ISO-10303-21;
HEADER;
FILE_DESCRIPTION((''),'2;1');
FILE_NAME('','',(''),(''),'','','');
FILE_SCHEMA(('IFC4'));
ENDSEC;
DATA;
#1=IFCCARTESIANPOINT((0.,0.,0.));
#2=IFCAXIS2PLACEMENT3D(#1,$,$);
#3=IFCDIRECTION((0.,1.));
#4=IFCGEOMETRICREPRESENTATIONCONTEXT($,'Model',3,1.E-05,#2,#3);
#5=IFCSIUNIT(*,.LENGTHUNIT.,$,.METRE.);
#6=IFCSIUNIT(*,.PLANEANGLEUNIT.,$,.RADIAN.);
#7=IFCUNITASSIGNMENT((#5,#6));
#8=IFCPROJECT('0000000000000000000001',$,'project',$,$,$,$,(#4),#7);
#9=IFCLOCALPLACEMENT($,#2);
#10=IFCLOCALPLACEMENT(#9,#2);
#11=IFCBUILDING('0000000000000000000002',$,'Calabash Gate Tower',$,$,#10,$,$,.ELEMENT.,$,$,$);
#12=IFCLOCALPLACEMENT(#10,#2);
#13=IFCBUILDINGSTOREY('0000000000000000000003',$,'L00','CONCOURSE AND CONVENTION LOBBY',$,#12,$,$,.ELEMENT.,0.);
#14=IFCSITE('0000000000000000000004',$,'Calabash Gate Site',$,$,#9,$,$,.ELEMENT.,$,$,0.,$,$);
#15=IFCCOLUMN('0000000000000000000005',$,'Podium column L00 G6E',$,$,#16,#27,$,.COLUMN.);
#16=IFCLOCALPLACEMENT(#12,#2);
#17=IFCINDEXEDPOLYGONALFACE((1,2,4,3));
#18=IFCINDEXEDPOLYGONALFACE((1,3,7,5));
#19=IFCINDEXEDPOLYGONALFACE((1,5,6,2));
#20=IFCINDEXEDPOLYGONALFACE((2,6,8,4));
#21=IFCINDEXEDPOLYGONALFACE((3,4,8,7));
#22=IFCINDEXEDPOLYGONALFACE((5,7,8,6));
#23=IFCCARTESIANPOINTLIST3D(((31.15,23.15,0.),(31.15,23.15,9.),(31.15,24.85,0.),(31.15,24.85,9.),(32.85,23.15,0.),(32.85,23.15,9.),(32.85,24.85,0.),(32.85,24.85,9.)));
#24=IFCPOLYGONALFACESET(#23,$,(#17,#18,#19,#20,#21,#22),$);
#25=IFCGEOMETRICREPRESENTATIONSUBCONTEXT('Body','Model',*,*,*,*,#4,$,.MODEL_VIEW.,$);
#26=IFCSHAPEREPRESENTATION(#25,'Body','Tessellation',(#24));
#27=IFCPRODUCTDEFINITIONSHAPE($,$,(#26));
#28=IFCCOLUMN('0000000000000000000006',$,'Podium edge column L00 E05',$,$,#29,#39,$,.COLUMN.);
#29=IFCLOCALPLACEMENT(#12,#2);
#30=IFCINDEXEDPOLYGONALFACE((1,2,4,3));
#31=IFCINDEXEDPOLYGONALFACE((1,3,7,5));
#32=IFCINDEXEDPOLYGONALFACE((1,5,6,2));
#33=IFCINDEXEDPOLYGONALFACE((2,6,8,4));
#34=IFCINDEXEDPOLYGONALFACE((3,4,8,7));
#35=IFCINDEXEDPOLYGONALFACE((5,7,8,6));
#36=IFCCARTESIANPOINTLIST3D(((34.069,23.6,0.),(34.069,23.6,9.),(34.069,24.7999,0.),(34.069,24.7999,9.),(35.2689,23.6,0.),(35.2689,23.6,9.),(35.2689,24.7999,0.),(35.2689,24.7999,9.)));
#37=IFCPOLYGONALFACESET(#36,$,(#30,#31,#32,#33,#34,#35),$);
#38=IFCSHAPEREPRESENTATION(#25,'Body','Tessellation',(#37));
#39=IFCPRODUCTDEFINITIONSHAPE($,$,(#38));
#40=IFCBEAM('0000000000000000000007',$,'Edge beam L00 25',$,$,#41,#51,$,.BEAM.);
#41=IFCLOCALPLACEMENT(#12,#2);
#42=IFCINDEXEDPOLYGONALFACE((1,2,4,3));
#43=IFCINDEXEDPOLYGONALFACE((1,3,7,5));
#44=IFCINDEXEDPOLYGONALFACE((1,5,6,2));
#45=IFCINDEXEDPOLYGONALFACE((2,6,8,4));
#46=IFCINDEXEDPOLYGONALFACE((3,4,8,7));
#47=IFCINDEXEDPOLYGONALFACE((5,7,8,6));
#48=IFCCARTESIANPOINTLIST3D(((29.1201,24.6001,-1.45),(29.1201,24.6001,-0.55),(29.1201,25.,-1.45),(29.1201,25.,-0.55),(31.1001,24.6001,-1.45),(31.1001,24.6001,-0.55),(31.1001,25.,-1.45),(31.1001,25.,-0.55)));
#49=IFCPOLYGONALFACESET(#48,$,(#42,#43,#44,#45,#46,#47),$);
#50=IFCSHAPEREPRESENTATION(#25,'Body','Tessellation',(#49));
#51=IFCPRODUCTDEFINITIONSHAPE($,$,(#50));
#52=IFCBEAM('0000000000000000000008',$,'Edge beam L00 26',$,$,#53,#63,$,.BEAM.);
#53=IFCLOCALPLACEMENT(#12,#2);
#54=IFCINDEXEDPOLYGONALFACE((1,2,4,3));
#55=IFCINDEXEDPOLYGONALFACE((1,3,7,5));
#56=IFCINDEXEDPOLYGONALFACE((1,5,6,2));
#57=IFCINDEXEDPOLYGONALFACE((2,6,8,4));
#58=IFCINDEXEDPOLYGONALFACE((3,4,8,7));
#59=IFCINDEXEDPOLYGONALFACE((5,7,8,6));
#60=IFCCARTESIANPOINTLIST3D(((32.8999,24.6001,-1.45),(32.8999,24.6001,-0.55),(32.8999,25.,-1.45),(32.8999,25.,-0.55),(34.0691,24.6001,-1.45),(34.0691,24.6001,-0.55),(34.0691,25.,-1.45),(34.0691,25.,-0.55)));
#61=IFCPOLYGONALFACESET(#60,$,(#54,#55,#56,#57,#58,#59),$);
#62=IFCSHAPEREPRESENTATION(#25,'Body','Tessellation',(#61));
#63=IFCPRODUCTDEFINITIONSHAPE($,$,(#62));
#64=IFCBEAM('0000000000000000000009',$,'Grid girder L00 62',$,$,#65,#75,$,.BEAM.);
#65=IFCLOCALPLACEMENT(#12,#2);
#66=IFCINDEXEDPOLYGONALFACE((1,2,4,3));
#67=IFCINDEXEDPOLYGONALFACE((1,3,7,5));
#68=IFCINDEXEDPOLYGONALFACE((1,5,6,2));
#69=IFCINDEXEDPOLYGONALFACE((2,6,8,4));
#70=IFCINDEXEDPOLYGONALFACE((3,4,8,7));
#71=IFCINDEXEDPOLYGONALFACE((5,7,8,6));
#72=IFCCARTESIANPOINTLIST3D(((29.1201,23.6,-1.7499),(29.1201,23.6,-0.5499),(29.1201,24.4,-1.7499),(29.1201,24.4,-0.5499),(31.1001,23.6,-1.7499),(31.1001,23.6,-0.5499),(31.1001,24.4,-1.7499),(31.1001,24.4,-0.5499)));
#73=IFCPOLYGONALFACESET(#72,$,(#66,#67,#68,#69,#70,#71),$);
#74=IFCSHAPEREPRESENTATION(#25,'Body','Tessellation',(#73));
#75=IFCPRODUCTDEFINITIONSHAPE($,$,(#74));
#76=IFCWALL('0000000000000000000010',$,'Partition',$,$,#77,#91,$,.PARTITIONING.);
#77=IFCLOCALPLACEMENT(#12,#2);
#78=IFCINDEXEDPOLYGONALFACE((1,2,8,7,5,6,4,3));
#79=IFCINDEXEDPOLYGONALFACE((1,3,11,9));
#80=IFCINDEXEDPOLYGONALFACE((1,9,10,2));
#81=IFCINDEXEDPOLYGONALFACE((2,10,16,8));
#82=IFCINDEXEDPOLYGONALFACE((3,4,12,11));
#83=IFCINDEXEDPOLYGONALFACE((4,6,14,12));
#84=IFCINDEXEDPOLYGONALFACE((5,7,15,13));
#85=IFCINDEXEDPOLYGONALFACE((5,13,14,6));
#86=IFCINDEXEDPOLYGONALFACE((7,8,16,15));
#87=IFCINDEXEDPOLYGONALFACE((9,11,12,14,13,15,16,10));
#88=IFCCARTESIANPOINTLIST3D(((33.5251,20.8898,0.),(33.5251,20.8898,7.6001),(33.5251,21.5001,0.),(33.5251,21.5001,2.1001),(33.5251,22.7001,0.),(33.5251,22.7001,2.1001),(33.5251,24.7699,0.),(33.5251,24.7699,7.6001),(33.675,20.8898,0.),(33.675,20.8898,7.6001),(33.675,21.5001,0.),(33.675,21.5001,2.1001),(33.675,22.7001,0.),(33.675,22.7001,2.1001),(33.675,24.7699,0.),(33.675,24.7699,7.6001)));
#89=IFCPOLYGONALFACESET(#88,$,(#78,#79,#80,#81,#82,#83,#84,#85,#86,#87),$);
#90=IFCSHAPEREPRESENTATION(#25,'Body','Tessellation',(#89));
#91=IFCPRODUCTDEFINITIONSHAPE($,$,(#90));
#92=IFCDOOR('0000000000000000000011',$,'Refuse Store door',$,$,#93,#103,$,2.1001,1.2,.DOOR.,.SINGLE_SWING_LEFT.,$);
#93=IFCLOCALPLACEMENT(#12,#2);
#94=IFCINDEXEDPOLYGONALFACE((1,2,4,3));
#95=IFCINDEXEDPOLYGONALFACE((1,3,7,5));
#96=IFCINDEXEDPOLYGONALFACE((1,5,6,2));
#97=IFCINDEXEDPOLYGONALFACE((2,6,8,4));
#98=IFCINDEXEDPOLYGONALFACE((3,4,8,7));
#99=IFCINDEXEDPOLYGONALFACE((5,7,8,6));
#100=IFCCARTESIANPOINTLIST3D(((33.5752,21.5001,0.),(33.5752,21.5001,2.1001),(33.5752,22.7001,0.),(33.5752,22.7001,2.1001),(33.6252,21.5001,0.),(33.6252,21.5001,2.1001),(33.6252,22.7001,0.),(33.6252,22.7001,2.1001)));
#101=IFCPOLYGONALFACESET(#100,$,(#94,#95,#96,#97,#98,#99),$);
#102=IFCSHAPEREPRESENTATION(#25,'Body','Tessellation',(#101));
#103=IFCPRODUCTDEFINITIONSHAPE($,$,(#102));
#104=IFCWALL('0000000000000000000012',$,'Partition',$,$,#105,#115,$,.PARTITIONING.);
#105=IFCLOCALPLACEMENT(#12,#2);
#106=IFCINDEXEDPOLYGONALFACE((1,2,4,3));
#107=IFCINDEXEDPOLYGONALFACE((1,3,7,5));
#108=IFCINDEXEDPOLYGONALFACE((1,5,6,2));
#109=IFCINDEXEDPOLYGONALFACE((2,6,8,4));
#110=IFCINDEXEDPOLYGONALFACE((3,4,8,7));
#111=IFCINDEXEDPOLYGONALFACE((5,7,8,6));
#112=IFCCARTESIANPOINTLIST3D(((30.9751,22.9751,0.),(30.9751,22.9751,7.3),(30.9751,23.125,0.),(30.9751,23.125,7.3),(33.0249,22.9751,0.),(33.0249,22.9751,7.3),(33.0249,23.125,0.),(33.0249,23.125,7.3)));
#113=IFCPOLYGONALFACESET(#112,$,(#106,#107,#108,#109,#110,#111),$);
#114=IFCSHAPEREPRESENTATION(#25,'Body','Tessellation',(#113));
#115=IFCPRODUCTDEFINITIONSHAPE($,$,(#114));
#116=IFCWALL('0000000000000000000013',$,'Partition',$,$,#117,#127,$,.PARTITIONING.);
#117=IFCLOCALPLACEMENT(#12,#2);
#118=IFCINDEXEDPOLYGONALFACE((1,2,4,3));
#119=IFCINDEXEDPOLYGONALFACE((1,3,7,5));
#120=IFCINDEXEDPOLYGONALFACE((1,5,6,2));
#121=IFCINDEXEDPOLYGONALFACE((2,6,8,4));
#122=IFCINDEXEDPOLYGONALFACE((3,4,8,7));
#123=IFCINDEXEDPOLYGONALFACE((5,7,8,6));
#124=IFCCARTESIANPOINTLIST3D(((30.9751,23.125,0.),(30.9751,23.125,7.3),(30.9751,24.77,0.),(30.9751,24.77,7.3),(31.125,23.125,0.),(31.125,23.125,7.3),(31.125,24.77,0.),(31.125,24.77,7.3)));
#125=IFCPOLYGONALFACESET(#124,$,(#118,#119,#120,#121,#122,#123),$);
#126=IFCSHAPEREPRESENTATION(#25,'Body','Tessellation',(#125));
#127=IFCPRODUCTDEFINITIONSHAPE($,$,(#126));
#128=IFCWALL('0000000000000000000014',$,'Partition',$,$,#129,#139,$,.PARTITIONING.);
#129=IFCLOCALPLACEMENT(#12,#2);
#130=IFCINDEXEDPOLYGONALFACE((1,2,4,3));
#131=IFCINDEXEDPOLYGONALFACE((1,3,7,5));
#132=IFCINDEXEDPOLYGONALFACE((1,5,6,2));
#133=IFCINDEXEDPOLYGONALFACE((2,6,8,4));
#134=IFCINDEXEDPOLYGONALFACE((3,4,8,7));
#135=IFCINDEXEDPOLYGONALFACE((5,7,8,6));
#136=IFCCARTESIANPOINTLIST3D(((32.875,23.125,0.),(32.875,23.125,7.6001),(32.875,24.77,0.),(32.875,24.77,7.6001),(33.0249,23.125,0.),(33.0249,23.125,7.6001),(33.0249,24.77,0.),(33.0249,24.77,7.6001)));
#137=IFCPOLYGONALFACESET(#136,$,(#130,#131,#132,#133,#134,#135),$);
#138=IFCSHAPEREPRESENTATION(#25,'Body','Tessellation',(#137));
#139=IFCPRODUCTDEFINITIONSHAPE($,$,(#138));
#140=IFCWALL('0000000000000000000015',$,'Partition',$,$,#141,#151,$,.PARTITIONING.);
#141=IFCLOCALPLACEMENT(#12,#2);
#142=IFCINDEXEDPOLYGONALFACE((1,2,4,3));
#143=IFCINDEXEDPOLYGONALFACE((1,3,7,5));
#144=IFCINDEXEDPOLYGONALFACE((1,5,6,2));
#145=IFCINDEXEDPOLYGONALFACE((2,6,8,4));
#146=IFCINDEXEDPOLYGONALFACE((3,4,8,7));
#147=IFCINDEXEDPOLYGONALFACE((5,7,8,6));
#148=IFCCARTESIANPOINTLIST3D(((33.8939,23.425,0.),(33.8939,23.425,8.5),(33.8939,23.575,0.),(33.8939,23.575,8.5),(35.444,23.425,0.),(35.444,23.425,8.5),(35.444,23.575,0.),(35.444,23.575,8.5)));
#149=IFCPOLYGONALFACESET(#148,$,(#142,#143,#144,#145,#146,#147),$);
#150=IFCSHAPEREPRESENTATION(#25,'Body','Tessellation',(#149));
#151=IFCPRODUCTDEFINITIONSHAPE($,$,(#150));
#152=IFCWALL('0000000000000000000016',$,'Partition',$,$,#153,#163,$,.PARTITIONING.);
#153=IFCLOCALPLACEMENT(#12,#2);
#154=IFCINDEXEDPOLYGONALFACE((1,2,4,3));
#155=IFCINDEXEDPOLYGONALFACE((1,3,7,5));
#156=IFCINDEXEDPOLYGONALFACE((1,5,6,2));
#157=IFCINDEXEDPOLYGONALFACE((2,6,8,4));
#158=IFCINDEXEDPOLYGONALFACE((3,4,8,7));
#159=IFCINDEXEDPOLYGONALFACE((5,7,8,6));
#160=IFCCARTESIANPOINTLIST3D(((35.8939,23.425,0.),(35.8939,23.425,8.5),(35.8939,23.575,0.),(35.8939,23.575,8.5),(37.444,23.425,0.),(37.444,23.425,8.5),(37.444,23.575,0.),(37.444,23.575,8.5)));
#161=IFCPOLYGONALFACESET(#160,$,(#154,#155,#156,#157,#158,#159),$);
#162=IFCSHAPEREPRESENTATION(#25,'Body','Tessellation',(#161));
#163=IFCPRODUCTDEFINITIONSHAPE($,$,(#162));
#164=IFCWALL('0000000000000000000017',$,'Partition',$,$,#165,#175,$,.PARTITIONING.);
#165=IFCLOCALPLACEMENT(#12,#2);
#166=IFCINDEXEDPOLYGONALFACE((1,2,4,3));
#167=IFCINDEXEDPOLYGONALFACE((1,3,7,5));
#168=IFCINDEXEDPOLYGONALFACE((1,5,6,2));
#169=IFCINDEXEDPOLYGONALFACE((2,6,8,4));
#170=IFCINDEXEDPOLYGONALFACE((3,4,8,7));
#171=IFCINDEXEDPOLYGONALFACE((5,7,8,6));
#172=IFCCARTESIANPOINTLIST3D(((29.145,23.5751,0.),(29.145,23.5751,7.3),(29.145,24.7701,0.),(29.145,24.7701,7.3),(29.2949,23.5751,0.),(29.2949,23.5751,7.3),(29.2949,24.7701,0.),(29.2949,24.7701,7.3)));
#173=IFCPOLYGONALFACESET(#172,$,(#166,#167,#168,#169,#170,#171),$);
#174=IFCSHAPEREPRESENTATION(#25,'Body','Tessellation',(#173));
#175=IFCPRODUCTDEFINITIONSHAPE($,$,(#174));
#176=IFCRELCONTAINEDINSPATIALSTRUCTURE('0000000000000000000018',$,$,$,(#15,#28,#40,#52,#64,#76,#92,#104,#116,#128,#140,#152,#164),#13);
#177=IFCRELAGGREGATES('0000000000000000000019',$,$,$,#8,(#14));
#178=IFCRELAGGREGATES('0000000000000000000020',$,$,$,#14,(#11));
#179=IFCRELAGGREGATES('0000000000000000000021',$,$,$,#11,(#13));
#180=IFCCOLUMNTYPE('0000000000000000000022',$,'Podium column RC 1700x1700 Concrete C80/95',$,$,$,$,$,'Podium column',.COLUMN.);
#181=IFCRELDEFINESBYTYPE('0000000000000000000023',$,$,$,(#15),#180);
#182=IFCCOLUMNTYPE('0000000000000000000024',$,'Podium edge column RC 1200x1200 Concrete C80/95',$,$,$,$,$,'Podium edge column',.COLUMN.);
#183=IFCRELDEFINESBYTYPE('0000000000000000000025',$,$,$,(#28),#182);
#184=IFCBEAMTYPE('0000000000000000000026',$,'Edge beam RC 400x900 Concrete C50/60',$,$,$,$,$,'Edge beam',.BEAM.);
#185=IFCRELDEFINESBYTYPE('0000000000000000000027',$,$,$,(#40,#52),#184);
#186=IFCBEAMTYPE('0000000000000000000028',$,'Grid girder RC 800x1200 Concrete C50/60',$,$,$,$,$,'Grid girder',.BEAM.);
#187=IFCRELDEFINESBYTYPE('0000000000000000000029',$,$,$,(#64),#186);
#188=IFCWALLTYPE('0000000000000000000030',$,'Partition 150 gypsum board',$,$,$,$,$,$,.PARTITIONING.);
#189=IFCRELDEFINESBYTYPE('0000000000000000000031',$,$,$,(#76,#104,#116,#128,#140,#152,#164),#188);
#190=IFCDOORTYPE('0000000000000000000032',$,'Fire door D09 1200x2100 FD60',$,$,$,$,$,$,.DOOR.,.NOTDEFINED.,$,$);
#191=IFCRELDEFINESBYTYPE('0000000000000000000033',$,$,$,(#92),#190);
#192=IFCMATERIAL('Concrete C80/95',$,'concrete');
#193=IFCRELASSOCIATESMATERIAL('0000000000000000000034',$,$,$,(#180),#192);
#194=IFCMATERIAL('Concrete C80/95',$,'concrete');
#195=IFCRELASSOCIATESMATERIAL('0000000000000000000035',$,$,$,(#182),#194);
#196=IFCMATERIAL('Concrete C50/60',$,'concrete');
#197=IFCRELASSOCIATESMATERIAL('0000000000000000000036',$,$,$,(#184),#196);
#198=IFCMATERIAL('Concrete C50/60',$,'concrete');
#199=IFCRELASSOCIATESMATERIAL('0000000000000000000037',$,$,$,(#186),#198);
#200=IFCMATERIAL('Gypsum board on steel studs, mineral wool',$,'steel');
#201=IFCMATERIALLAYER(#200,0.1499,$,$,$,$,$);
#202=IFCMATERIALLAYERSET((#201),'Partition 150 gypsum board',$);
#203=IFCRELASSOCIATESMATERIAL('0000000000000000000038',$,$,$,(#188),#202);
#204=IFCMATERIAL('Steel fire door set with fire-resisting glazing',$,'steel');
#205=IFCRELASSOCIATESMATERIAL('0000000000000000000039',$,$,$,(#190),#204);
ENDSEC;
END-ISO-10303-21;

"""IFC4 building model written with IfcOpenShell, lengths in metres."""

from ifc_helpers import new_model, si_unit, direction, frame, frame_2d, origin, origin_2d, place, context, subcontext, project, spatial, rectangle, extrude, material, layer, layer_set, material_profile, profile_set, type_object, element, fill, save


model = new_model("IFC4")

# Units and contexts
model_context = context("Model", 3, precision=1e-05, world=origin(), true_north=direction((0.0, 1.0)))
body_context = subcontext(model_context, "Body", "Model", "MODEL_VIEW")
ifc_project = project(units=[si_unit("LENGTHUNIT", "METRE"), si_unit("PLANEANGLEUNIT", "RADIAN")], contexts=[model_context])

# Site, building, storey
site_placement = place(None, origin())
site = spatial("IfcSite", under=ifc_project, at=site_placement, Name="Calabash Gate Site", CompositionType="ELEMENT", RefElevation=0.0)
building_placement = place(site_placement, origin())
building = spatial("IfcBuilding", under=site, at=building_placement, Name="Calabash Gate Tower", CompositionType="ELEMENT")
storey_placement = place(building_placement, origin())
storey = spatial("IfcBuildingStorey", under=building, at=storey_placement, Name="L00", Description="CONCOURSE AND CONVENTION LOBBY", CompositionType="ELEMENT", Elevation=0.0)

# Columns
ifc_material_1 = material(Name="Concrete C80/95", Category="concrete")
ifc_material_profile_1 = material_profile(ifc_material_1, rectangle(XDim=1.7, YDim=1.7, at=origin_2d()))
ifc_profile_set_1 = profile_set([ifc_material_profile_1], Name="Concrete C80/95")
column_type_1 = type_object("IfcColumnType", Name="Podium column RC 1700x1700 Concrete C80/95", ElementType="Podium column", PredefinedType="COLUMN", material=ifc_profile_set_1)
column_1_placement = place(storey_placement, frame((32.0, 24.0, 0.0), z_axis=(0.0, 0.0, 1.0), x_axis=(1.0, 0.0, 0.0)))
element("IfcColumn", 1, at=column_1_placement, inside=storey, type_object=column_type_1, Name="Podium column L00 G6E", PredefinedType="COLUMN", context=body_context, shape_type="SweptSolid", body=[
    extrude(rectangle(XDim=1.7, YDim=1.7, at=origin_2d()), origin(), (0.0, 0.0, 1.0), 9.0),
])
ifc_material_2 = material(Name="Concrete C80/95", Category="concrete")
ifc_material_profile_2 = material_profile(ifc_material_2, rectangle(XDim=1.2, YDim=1.2, at=origin_2d()))
ifc_profile_set_2 = profile_set([ifc_material_profile_2], Name="Concrete C80/95")
column_type_2 = type_object("IfcColumnType", Name="Podium edge column RC 1200x1200 Concrete C80/95", ElementType="Podium edge column", PredefinedType="COLUMN", material=ifc_profile_set_2)
column_2_placement = place(storey_placement, frame((34.6689, 24.2, 0.0), z_axis=(0.0, 0.0, 1.0), x_axis=(1.0, 0.0, 0.0)))
element("IfcColumn", 2, at=column_2_placement, inside=storey, type_object=column_type_2, Name="Podium edge column L00 E05", PredefinedType="COLUMN", context=body_context, shape_type="SweptSolid", body=[
    extrude(rectangle(XDim=1.2, YDim=1.2, at=origin_2d()), origin(), (0.0, 0.0, 1.0), 9.0),
])

# Beams
ifc_material_3 = material(Name="Concrete C50/60", Category="concrete")
ifc_material_profile_3 = material_profile(ifc_material_3, rectangle(XDim=0.3999, YDim=0.8999, at=origin_2d()))
ifc_profile_set_3 = profile_set([ifc_material_profile_3], Name="Concrete C50/60")
beam_type_1 = type_object("IfcBeamType", Name="Edge beam RC 400x900 Concrete C50/60", ElementType="Edge beam", PredefinedType="BEAM", material=ifc_profile_set_3)
beam_1_placement = place(storey_placement, frame((29.1201, 24.8, -1.0), z_axis=(1.0, 0.0, 0.0), x_axis=(0.0, 1.0, 0.0)))
element("IfcBeam", 3, at=beam_1_placement, inside=storey, type_object=beam_type_1, Name="Edge beam L00 25", PredefinedType="BEAM", context=body_context, shape_type="SweptSolid", body=[
    extrude(rectangle(XDim=0.3999, YDim=0.8999, at=origin_2d()), origin(), (0.0, 0.0, 1.0), 1.98),
])
beam_2_placement = place(storey_placement, frame((32.8999, 24.8, -1.0), z_axis=(1.0, 0.0, 0.0), x_axis=(0.0, 1.0, 0.0)))
element("IfcBeam", 4, at=beam_2_placement, inside=storey, type_object=beam_type_1, Name="Edge beam L00 26", PredefinedType="BEAM", context=body_context, shape_type="SweptSolid", body=[
    extrude(rectangle(XDim=0.3999, YDim=0.8999, at=origin_2d()), origin(), (0.0, 0.0, 1.0), 1.1692),
])
ifc_material_4 = material(Name="Concrete C50/60", Category="concrete")
ifc_material_profile_4 = material_profile(ifc_material_4, rectangle(XDim=0.8, YDim=1.2, at=origin_2d()))
ifc_profile_set_4 = profile_set([ifc_material_profile_4], Name="Concrete C50/60")
beam_type_2 = type_object("IfcBeamType", Name="Grid girder RC 800x1200 Concrete C50/60", ElementType="Grid girder", PredefinedType="BEAM", material=ifc_profile_set_4)
beam_3_placement = place(storey_placement, frame((29.1201, 24.0, -1.1499), z_axis=(1.0, 0.0, 0.0), x_axis=(0.0, 1.0, 0.0)))
element("IfcBeam", 5, at=beam_3_placement, inside=storey, type_object=beam_type_2, Name="Grid girder L00 62", PredefinedType="BEAM", context=body_context, shape_type="SweptSolid", body=[
    extrude(rectangle(XDim=0.8, YDim=1.2, at=origin_2d()), origin(), (0.0, 0.0, 1.0), 1.98),
])

# Wall, opening, door
ifc_material_5 = material(Name="Gypsum board on steel studs, mineral wool", Category="steel")
ifc_layer_1 = layer(ifc_material_5, 0.1499)
ifc_layer_set_1 = layer_set([ifc_layer_1], Name="Partition 150 gypsum board")
wall_type_1 = type_object("IfcWallType", Name="Partition 150 gypsum board", PredefinedType="PARTITIONING", material=ifc_layer_set_1)
wall_1_placement = place(storey_placement, frame((33.6001, 20.8899, 0.0), z_axis=(0.0, 0.0, 1.0), x_axis=(0.0, 1.0, 0.0)))
wall_1 = element("IfcWall", 6, at=wall_1_placement, inside=storey, type_object=wall_type_1, Name="Partition", PredefinedType="PARTITIONING", context=body_context, shape_type="SweptSolid", body=[
    extrude(rectangle(XDim=3.8801, YDim=0.1499, at=frame_2d((1.9399, 0.0))), origin(), (0.0, 0.0, 1.0), 7.6001),
])
opening_placement = place(wall_1_placement, frame((0.6101, 0.0, 0.0)))
opening = element("IfcOpeningElement", 7, at=opening_placement, cuts=wall_1, PredefinedType="OPENING", context=body_context, shape_type="SweptSolid", body=[
    extrude(rectangle(XDim=1.2, YDim=2.1001, at=frame_2d((0.6001, 1.05))), frame((0.0, 0.085, 0.0), z_axis=(0.0, -1.0, 0.0), x_axis=(1.0, 0.0, 0.0)), (0.0, 0.0, 1.0), 0.1699),
])
ifc_material_6 = material(Name="Steel fire door set with fire-resisting glazing", Category="steel")
door_type = type_object("IfcDoorType", Name="Fire door D09 1200x2100 FD60", OperationType="NOTDEFINED", PredefinedType="DOOR", material=ifc_material_6)
door_placement = place(opening_placement, origin())
door = element("IfcDoor", 8, at=door_placement, inside=storey, type_object=door_type, Name="Refuse Store door", OperationType="SINGLE_SWING_LEFT", OverallHeight=2.1001, OverallWidth=1.2, PredefinedType="DOOR", context=body_context, shape_type="SweptSolid", body=[
    extrude(rectangle(XDim=1.2, YDim=2.1001, at=frame_2d((0.6001, 1.05))), frame((0.0, 0.0249, 0.0), z_axis=(0.0, -1.0, 0.0), x_axis=(1.0, 0.0, 0.0)), (0.0, 0.0, 1.0), 0.05),
])
fill(opening, door)

# Walls
wall_2_placement = place(storey_placement, frame((30.9751, 23.05, 0.0), z_axis=(0.0, 0.0, 1.0), x_axis=(1.0, 0.0, 0.0)))
element("IfcWall", 9, at=wall_2_placement, inside=storey, type_object=wall_type_1, Name="Partition", PredefinedType="PARTITIONING", context=body_context, shape_type="SweptSolid", body=[
    extrude(rectangle(XDim=2.0498, YDim=0.1499, at=frame_2d((1.0249, 0.0))), origin(), (0.0, 0.0, 1.0), 7.3),
])
wall_3_placement = place(storey_placement, frame((31.05, 23.125, 0.0), z_axis=(0.0, 0.0, 1.0), x_axis=(0.0, 1.0, 0.0)))
element("IfcWall", 10, at=wall_3_placement, inside=storey, type_object=wall_type_1, Name="Partition", PredefinedType="PARTITIONING", context=body_context, shape_type="SweptSolid", body=[
    extrude(rectangle(XDim=1.645, YDim=0.1499, at=frame_2d((0.8225, 0.0))), origin(), (0.0, 0.0, 1.0), 7.3),
])
wall_4_placement = place(storey_placement, frame((32.95, 23.125, 0.0), z_axis=(0.0, 0.0, 1.0), x_axis=(0.0, 1.0, 0.0)))
element("IfcWall", 11, at=wall_4_placement, inside=storey, type_object=wall_type_1, Name="Partition", PredefinedType="PARTITIONING", context=body_context, shape_type="SweptSolid", body=[
    extrude(rectangle(XDim=1.645, YDim=0.1499, at=frame_2d((0.8225, 0.0))), origin(), (0.0, 0.0, 1.0), 7.6001),
])
for number, where, z_axis, x_axis, name in (
    (12, (33.894, 23.5, 0.0), (0.0, 0.0, 1.0), (1.0, 0.0, 0.0), "Partition"),
    (13, (35.894, 23.5, 0.0), (0.0, 0.0, 1.0), (1.0, 0.0, 0.0), "Partition"),
):
    element("IfcWall", number, at=place(storey_placement, frame(where, z_axis=z_axis, x_axis=x_axis)), inside=storey, type_object=wall_type_1, Name=name, PredefinedType="PARTITIONING", context=body_context, shape_type="SweptSolid", body=[
        extrude(rectangle(XDim=1.55, YDim=0.1499, at=frame_2d((0.7749, 0.0))), origin(), (0.0, 0.0, 1.0), 8.5),
    ])
wall_5_placement = place(storey_placement, frame((29.22, 23.575, 0.0), z_axis=(0.0, 0.0, 1.0), x_axis=(0.0, 1.0, 0.0)))
element("IfcWall", 14, at=wall_5_placement, inside=storey, type_object=wall_type_1, Name="Partition", PredefinedType="PARTITIONING", context=body_context, shape_type="SweptSolid", body=[
    extrude(rectangle(XDim=1.1951, YDim=0.1499, at=frame_2d((0.5977, 0.0))), origin(), (0.0, 0.0, 1.0), 7.3),
])

save(model, "model.ifc")
